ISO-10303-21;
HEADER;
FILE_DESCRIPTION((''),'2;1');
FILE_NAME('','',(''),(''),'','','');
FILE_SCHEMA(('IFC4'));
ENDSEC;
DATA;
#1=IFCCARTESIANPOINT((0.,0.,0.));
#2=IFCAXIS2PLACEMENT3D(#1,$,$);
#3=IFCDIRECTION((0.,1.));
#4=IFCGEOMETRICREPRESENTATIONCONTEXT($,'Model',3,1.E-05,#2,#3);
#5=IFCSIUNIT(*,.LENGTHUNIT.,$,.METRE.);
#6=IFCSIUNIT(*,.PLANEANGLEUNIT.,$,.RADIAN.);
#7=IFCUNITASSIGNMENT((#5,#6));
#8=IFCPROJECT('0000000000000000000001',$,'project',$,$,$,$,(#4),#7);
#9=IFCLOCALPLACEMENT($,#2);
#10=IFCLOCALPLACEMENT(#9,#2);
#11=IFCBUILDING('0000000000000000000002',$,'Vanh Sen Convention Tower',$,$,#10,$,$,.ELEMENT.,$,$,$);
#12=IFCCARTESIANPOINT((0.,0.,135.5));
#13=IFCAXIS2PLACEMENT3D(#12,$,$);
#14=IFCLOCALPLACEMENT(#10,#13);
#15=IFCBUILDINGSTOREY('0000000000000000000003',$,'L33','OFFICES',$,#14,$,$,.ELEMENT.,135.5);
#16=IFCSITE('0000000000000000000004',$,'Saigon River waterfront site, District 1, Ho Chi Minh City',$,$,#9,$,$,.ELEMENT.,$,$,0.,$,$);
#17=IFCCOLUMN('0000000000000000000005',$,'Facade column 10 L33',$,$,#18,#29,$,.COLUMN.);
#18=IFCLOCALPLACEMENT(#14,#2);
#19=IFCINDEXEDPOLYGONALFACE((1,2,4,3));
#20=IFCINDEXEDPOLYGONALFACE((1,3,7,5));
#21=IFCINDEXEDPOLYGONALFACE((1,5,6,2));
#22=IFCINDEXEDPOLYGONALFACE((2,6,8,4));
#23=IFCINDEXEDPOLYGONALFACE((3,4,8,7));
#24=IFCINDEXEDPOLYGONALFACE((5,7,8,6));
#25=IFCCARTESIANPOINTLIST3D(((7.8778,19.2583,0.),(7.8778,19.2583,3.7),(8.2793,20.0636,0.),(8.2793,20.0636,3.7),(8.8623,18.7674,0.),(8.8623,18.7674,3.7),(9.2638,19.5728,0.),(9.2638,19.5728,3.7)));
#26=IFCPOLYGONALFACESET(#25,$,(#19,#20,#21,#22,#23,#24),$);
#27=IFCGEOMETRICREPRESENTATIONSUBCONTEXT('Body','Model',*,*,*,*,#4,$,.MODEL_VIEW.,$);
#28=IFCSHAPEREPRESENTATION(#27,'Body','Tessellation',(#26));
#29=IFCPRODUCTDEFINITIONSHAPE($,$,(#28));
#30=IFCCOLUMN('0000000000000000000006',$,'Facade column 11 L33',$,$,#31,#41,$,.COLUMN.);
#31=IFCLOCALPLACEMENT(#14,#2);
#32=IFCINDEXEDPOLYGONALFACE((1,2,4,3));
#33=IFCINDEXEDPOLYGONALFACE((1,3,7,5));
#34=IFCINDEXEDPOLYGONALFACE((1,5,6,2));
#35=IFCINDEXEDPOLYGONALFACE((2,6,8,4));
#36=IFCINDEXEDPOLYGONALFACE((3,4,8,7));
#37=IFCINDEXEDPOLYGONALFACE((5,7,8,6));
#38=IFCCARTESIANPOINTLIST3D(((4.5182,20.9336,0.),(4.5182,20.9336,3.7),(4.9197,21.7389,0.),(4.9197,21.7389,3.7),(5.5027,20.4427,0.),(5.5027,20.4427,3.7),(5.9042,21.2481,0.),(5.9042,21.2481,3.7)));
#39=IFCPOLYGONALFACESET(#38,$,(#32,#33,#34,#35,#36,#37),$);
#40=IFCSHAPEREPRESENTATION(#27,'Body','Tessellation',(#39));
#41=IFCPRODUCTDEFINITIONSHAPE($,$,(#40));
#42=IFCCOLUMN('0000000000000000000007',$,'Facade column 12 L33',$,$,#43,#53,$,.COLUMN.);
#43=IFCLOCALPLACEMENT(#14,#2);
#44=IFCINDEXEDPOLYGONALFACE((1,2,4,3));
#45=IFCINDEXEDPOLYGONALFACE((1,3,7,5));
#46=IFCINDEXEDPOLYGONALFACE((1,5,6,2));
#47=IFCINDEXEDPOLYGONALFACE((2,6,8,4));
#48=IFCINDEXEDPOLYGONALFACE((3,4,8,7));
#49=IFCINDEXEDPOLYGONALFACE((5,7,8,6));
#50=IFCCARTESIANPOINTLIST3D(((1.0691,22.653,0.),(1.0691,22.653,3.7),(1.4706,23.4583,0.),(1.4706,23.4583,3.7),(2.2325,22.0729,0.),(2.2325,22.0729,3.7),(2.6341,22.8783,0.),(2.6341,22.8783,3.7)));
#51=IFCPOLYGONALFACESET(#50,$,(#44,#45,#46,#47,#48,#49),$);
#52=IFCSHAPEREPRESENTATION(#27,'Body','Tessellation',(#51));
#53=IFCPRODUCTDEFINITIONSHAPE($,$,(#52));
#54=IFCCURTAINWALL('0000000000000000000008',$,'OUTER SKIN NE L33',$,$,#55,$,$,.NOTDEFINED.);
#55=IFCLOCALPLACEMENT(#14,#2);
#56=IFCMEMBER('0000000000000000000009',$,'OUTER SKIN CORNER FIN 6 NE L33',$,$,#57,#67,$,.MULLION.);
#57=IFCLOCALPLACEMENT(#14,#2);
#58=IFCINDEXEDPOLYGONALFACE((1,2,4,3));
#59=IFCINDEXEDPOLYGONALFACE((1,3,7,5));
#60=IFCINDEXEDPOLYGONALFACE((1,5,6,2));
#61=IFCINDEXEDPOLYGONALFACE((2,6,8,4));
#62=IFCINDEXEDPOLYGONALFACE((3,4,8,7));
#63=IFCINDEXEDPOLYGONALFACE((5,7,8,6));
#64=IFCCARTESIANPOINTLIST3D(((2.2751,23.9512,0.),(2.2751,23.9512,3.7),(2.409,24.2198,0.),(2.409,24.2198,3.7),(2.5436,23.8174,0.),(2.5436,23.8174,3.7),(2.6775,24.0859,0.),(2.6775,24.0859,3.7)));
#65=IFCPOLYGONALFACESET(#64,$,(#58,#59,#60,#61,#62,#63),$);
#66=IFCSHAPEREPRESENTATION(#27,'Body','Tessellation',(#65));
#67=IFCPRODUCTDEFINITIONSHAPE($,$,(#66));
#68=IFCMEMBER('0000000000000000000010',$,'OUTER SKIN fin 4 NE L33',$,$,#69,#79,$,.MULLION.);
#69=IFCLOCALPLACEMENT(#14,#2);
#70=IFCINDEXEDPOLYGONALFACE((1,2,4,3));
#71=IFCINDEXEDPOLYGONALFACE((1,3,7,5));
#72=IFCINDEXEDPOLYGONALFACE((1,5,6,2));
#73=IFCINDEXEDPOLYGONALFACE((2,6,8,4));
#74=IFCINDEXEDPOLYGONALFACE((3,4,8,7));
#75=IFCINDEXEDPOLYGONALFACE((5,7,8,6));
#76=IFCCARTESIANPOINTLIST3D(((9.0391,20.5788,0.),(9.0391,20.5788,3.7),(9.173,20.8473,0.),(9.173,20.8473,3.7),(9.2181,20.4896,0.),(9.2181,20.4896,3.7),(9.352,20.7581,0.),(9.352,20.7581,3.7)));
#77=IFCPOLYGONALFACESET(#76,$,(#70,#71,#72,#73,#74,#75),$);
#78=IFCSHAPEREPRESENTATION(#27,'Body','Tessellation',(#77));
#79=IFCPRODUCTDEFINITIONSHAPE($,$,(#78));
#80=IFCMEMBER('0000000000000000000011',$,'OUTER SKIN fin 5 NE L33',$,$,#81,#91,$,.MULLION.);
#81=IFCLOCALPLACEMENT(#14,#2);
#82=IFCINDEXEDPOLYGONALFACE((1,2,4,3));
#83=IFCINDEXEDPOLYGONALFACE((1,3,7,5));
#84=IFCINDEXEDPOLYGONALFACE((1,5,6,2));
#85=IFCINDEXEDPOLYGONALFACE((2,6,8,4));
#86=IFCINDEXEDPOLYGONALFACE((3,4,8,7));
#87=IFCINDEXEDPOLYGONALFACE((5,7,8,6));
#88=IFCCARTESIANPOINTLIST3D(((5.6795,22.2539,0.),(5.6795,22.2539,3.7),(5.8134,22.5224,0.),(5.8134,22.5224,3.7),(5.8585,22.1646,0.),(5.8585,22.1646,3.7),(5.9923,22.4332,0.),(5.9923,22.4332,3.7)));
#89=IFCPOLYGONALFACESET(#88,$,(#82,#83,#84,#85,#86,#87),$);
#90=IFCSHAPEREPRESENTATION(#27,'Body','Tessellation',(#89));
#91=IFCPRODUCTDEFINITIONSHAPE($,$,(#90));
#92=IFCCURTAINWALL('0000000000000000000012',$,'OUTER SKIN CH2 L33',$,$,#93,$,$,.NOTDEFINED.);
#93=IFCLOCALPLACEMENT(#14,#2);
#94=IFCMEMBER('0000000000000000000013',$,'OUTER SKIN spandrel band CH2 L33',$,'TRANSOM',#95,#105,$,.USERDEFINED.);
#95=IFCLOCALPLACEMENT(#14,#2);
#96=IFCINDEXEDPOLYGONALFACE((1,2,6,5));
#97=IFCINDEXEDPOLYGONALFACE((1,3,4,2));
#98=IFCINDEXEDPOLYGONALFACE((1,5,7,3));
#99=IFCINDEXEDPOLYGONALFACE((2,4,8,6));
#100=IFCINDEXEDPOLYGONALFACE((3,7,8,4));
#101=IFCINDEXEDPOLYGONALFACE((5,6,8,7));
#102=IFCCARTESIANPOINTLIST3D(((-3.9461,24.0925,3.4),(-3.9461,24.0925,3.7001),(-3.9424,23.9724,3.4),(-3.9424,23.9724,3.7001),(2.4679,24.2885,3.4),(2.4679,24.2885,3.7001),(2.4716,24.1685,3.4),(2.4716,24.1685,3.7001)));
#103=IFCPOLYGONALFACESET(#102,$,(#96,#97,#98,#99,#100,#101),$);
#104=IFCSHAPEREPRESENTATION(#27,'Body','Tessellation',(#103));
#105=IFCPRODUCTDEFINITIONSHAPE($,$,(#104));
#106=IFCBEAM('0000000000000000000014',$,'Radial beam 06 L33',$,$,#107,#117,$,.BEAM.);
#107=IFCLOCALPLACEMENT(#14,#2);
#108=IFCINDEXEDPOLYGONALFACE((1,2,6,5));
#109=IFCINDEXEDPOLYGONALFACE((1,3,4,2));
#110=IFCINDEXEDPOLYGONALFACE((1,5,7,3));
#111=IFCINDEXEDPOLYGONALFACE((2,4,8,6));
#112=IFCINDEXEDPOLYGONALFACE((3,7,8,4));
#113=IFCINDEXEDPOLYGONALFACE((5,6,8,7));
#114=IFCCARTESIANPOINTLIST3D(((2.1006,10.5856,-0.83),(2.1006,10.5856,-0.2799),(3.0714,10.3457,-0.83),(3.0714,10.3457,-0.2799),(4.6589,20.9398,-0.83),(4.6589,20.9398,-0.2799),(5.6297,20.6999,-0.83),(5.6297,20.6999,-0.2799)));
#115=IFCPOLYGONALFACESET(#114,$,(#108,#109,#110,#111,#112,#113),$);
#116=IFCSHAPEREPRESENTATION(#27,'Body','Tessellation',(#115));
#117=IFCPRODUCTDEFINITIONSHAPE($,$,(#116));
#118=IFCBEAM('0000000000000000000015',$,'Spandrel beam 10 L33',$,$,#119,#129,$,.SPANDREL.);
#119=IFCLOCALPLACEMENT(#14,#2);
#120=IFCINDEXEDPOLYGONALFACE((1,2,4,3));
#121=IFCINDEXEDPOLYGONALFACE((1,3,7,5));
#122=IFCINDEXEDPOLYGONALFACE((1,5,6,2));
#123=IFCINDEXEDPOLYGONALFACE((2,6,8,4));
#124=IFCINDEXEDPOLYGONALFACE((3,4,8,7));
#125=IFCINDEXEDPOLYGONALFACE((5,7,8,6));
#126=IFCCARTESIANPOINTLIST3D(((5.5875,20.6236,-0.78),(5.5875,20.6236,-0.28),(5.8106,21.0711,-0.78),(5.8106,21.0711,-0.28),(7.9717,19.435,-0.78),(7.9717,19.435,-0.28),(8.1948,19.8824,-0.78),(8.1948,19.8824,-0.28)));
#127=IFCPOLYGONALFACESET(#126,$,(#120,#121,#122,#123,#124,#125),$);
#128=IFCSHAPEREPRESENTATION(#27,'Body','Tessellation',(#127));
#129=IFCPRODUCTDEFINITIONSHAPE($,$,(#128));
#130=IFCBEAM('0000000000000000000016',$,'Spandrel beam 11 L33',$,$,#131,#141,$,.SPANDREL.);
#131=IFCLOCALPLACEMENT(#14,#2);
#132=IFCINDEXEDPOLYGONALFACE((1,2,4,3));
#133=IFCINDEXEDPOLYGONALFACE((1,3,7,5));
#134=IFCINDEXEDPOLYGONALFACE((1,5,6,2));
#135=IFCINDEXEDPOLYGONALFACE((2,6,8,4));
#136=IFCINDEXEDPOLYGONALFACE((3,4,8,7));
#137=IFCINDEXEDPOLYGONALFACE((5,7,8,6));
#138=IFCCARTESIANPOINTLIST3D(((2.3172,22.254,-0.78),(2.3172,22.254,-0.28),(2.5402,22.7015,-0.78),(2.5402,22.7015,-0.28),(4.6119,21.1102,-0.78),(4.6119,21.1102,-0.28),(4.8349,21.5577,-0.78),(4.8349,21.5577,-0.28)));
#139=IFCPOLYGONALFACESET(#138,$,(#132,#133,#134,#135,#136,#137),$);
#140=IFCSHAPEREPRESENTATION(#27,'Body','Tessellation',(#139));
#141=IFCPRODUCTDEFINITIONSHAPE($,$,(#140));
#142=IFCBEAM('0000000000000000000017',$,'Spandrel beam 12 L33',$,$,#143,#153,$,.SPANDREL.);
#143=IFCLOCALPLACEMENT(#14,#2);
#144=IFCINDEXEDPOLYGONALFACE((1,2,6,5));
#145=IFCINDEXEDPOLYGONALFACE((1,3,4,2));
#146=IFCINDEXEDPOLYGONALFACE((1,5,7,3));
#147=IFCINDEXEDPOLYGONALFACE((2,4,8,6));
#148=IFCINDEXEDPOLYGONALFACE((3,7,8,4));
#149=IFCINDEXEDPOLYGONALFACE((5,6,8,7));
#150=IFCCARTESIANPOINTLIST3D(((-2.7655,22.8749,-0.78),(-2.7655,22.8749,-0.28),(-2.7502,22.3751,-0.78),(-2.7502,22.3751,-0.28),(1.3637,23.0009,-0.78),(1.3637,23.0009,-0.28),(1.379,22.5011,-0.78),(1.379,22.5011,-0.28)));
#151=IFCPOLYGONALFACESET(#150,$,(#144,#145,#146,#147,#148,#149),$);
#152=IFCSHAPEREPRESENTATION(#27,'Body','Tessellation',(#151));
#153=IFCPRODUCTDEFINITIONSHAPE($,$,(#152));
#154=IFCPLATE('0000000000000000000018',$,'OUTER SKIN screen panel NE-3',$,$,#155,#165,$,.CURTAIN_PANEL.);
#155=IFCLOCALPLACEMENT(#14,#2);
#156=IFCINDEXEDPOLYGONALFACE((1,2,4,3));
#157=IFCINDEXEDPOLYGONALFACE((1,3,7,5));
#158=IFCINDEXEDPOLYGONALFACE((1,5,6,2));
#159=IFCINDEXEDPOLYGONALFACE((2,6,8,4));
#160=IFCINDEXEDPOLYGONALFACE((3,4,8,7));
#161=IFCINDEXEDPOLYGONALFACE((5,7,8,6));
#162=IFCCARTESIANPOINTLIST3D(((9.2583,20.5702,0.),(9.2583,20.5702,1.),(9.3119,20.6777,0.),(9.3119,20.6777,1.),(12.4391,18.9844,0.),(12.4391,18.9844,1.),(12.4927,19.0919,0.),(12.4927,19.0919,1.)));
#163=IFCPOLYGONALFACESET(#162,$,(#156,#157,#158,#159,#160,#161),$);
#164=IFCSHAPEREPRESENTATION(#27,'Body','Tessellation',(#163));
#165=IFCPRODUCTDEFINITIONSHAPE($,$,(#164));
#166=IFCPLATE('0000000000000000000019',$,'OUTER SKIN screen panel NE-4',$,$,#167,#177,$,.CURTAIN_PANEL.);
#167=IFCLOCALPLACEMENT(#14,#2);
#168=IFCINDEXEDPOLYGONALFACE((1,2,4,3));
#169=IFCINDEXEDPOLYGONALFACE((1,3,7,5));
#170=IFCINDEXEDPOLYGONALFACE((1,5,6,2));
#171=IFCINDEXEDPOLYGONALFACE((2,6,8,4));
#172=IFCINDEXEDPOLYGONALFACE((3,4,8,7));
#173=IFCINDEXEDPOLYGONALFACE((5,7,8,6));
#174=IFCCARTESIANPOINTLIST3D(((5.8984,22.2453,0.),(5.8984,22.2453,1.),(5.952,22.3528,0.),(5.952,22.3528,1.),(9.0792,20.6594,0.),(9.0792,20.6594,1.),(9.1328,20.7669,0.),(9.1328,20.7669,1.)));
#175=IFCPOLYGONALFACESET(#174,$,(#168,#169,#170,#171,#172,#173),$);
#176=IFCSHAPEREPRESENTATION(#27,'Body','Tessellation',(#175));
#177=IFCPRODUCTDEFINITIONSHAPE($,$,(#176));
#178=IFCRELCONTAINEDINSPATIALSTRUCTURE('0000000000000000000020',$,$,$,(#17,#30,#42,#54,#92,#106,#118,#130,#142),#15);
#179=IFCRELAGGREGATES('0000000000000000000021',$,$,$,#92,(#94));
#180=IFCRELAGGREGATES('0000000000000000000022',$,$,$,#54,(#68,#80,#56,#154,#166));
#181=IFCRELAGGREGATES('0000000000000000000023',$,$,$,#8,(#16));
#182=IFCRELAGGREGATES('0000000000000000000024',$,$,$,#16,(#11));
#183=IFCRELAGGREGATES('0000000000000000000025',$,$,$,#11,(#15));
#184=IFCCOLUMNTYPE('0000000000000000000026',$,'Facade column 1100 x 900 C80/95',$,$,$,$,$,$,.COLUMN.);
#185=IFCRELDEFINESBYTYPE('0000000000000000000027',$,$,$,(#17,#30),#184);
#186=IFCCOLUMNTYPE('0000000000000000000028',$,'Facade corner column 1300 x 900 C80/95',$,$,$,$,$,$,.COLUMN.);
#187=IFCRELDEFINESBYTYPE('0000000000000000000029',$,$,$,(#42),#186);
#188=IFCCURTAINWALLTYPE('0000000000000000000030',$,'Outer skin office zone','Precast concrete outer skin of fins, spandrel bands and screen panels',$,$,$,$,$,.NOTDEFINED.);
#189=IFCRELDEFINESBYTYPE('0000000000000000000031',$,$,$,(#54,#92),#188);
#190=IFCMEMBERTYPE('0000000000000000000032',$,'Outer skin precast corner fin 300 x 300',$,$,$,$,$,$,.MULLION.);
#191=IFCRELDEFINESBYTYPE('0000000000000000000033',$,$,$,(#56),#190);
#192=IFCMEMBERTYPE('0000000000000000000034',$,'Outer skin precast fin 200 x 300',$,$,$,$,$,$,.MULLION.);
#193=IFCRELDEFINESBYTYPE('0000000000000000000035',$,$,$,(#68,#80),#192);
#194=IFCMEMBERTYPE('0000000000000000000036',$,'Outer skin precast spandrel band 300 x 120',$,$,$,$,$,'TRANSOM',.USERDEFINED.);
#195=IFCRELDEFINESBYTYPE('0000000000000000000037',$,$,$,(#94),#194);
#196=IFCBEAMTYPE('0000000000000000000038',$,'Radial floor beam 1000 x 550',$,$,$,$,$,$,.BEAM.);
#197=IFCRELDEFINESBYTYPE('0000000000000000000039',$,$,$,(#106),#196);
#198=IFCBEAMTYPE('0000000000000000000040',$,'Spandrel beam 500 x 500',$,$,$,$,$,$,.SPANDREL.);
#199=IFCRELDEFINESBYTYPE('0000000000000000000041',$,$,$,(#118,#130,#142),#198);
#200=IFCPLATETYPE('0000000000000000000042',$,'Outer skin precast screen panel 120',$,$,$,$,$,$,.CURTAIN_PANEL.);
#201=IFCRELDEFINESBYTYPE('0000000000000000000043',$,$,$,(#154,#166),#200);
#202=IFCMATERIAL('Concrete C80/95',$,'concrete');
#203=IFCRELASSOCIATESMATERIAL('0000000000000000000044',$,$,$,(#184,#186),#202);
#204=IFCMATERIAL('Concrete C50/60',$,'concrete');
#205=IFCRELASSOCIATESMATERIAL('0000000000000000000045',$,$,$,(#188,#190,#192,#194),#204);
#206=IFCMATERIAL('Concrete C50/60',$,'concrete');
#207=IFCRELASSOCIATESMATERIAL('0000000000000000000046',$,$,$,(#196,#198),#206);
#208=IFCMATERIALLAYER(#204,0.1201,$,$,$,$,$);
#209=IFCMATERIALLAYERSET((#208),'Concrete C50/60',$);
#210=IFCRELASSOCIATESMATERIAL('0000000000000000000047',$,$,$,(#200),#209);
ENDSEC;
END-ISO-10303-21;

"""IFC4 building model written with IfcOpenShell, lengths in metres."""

from ifc_helpers import new_model, si_unit, direction, frame, origin, origin_2d, place, context, subcontext, project, spatial, rectangle, extrude, material, layer, layer_set, material_profile, profile_set, type_object, element, aggregate, save


model = new_model("IFC4")

# Units and contexts
model_context = context("Model", 3, precision=1e-05, world=origin(), true_north=direction((0.0, 1.0)))
body_context = subcontext(model_context, "Body", "Model", "MODEL_VIEW")
ifc_project = project(units=[si_unit("LENGTHUNIT", "METRE"), si_unit("PLANEANGLEUNIT", "RADIAN")], contexts=[model_context])

# Site, building, storey
site_placement = place(None, origin())
site = spatial("IfcSite", under=ifc_project, at=site_placement, Name="Saigon River waterfront site, District 1, Ho Chi Minh City", CompositionType="ELEMENT", RefElevation=0.0)
building_placement = place(site_placement, origin())
building = spatial("IfcBuilding", under=site, at=building_placement, Name="Vanh Sen Convention Tower", CompositionType="ELEMENT")
storey_placement = place(building_placement, frame((0.0, 0.0, 135.5)))
storey = spatial("IfcBuildingStorey", under=building, at=storey_placement, Name="L33", Description="OFFICES", CompositionType="ELEMENT", Elevation=135.5)

# Columns
ifc_material_1 = material(Name="Concrete C80/95", Category="concrete")
ifc_material_profile_1 = material_profile(ifc_material_1, rectangle(XDim=1.1001, YDim=0.8999, at=origin_2d()), Name="RC 1100X900")
ifc_profile_set_1 = profile_set([ifc_material_profile_1], Name="Concrete C80/95")
column_type_1 = type_object("IfcColumnType", Name="Facade column 1100 x 900 C80/95", PredefinedType="COLUMN", material=ifc_profile_set_1)
for number, where, z_axis, x_axis, name in (
    (1, (8.5708, 19.4155, 0.0), (0.0, 0.0, 1.0), (-0.894934, 0.446198, 0.0), "Facade column 10 L33"),
    (2, (5.2112, 21.0908, 0.0), (0.0, 0.0, 1.0), (-0.894934, 0.446198, 0.0), "Facade column 11 L33"),
):
    element("IfcColumn", number, at=place(storey_placement, frame(where, z_axis=z_axis, x_axis=x_axis)), inside=storey, type_object=column_type_1, Name=name, PredefinedType="COLUMN", context=body_context, shape_type="SweptSolid", body=[
        extrude(rectangle(XDim=1.1001, YDim=0.8999, at=origin_2d()), origin(), (0.0, 0.0, 1.0), 3.7),
    ])
ifc_material_profile_2 = material_profile(ifc_material_1, rectangle(XDim=1.3, YDim=0.8999, at=origin_2d()), Name="RC 1300X900")
ifc_profile_set_2 = profile_set([ifc_material_profile_2], Name="Concrete C80/95")
column_type_2 = type_object("IfcColumnType", Name="Facade corner column 1300 x 900 C80/95", PredefinedType="COLUMN", material=ifc_profile_set_2)
column_placement = place(storey_placement, frame((1.8516, 22.7656, 0.0), z_axis=(0.0, 0.0, 1.0), x_axis=(-0.894934, 0.446198, 0.0)))
element("IfcColumn", 3, at=column_placement, inside=storey, type_object=column_type_2, Name="Facade column 12 L33", PredefinedType="COLUMN", context=body_context, shape_type="SweptSolid", body=[
    extrude(rectangle(XDim=1.3, YDim=0.8999, at=origin_2d()), origin(), (0.0, 0.0, 1.0), 3.7),
])

# Curtain wall, members
ifc_material_2 = material(Name="Concrete C50/60", Category="concrete")
curtain_wall_type = type_object("IfcCurtainWallType", Name="Outer skin office zone", Description="Precast concrete outer skin of fins, spandrel bands and screen panels", PredefinedType="NOTDEFINED", material=ifc_material_2)
curtain_wall_1_placement = place(storey_placement, origin())
curtain_wall_1 = element("IfcCurtainWall", 4, at=curtain_wall_1_placement, inside=storey, type_object=curtain_wall_type, Name="OUTER SKIN NE L33", PredefinedType="NOTDEFINED")
ifc_material_profile_3 = material_profile(ifc_material_2, rectangle(XDim=0.3, YDim=0.3, at=origin_2d()), Name="Outer skin precast corner fin 300 x 300")
ifc_profile_set_3 = profile_set([ifc_material_profile_3], Name="Concrete C50/60")
member_type_1 = type_object("IfcMemberType", Name="Outer skin precast corner fin 300 x 300", PredefinedType="MULLION", material=ifc_profile_set_3)
member_1_placement = place(storey_placement, frame((2.4763, 24.0186, 0.0), z_axis=(0.0, 0.0, 1.0), x_axis=(-0.894934, 0.446198, 0.0)))
member_1 = element("IfcMember", 5, at=member_1_placement, type_object=member_type_1, Name="OUTER SKIN CORNER FIN 6 NE L33", PredefinedType="MULLION", context=body_context, shape_type="SweptSolid", body=[
    extrude(rectangle(XDim=0.3, YDim=0.3, at=origin_2d()), origin(), (0.0, 0.0, 1.0), 3.7),
])
ifc_material_profile_4 = material_profile(ifc_material_2, rectangle(XDim=0.2, YDim=0.3, at=origin_2d()), Name="Outer skin precast fin 200 x 300")
ifc_profile_set_4 = profile_set([ifc_material_profile_4], Name="Concrete C50/60")
member_type_2 = type_object("IfcMemberType", Name="Outer skin precast fin 200 x 300", PredefinedType="MULLION", material=ifc_profile_set_4)
member_2_placement = place(storey_placement, frame((9.1956, 20.6685, 0.0), z_axis=(0.0, 0.0, 1.0), x_axis=(-0.894934, 0.446198, 0.0)))
member_2 = element("IfcMember", 6, at=member_2_placement, type_object=member_type_2, Name="OUTER SKIN fin 4 NE L33", PredefinedType="MULLION", context=body_context, shape_type="SweptSolid", body=[
    extrude(rectangle(XDim=0.2, YDim=0.3, at=origin_2d()), origin(), (0.0, 0.0, 1.0), 3.7),
])
member_3_placement = place(storey_placement, frame((5.8359, 22.3435, 0.0), z_axis=(0.0, 0.0, 1.0), x_axis=(-0.894934, 0.446198, 0.0)))
member_3 = element("IfcMember", 7, at=member_3_placement, type_object=member_type_2, Name="OUTER SKIN fin 5 NE L33", PredefinedType="MULLION", context=body_context, shape_type="SweptSolid", body=[
    extrude(rectangle(XDim=0.2, YDim=0.3, at=origin_2d()), origin(), (0.0, 0.0, 1.0), 3.7),
])

# Curtain wall, member
curtain_wall_2_placement = place(storey_placement, origin())
curtain_wall_2 = element("IfcCurtainWall", 8, at=curtain_wall_2_placement, inside=storey, type_object=curtain_wall_type, Name="OUTER SKIN CH2 L33", PredefinedType="NOTDEFINED")
ifc_material_profile_5 = material_profile(ifc_material_2, rectangle(XDim=0.1201, YDim=0.3, at=origin_2d()), Name="Outer skin precast spandrel band 300 x 120")
ifc_profile_set_5 = profile_set([ifc_material_profile_5], Name="Concrete C50/60")
member_type_3 = type_object("IfcMemberType", Name="Outer skin precast spandrel band 300 x 120", ElementType="TRANSOM", PredefinedType="USERDEFINED", material=ifc_profile_set_5)
member_4_placement = place(storey_placement, frame((2.4697, 24.2285, 3.55), z_axis=(-0.999533, -0.030551, 0.0), x_axis=(0.030551, -0.999533, 0.0)))
member_4 = element("IfcMember", 9, at=member_4_placement, type_object=member_type_3, Name="OUTER SKIN spandrel band CH2 L33", ObjectType="TRANSOM", PredefinedType="USERDEFINED", context=body_context, shape_type="SweptSolid", body=[
    extrude(rectangle(XDim=0.1201, YDim=0.3, at=origin_2d()), origin(), (0.0, 0.0, 1.0), 6.417),
])
aggregate(curtain_wall_2, [member_4])

# Beams
ifc_material_3 = material(Name="Concrete C50/60", Category="concrete")
ifc_material_profile_6 = material_profile(ifc_material_3, rectangle(XDim=1.0, YDim=0.55, at=origin_2d()), Name="RC 1000X550")
ifc_profile_set_6 = profile_set([ifc_material_profile_6], Name="Concrete C50/60")
beam_type_1 = type_object("IfcBeamType", Name="Radial floor beam 1000 x 550", PredefinedType="BEAM", material=ifc_profile_set_6)
beam_1_placement = place(storey_placement, frame((5.1443, 20.8198, -0.5549), z_axis=(-0.239869, -0.970805, 0.0), x_axis=(0.970805, -0.239869, 0.0)))
element("IfcBeam", 10, at=beam_1_placement, inside=storey, type_object=beam_type_1, Name="Radial beam 06 L33", PredefinedType="BEAM", context=body_context, shape_type="SweptSolid", body=[
    extrude(rectangle(XDim=1.0, YDim=0.55, at=origin_2d()), origin(), (0.0, 0.0, 1.0), 10.6655),
])
ifc_material_profile_7 = material_profile(ifc_material_3, rectangle(XDim=0.5, YDim=0.5, at=origin_2d()), Name="RC 500X500")
ifc_profile_set_7 = profile_set([ifc_material_profile_7], Name="Concrete C50/60")
beam_type_2 = type_object("IfcBeamType", Name="Spandrel beam 500 x 500", PredefinedType="SPANDREL", material=ifc_profile_set_7)
beam_2_placement = place(storey_placement, frame((8.0833, 19.6587, -0.53), z_axis=(-0.89494, 0.446187, 0.0), x_axis=(-0.446187, -0.89494, 0.0)))
element("IfcBeam", 11, at=beam_2_placement, inside=storey, type_object=beam_type_2, Name="Spandrel beam 10 L33", PredefinedType="SPANDREL", context=body_context, shape_type="SweptSolid", body=[
    extrude(rectangle(XDim=0.5, YDim=0.5, at=origin_2d()), origin(), (0.0, 0.0, 1.0), 2.6641),
])
beam_3_placement = place(storey_placement, frame((4.7234, 21.334, -0.53), z_axis=(-0.894979, 0.446109, 0.0), x_axis=(-0.446109, -0.894979, 0.0)))
element("IfcBeam", 12, at=beam_3_placement, inside=storey, type_object=beam_type_2, Name="Spandrel beam 11 L33", PredefinedType="SPANDREL", context=body_context, shape_type="SweptSolid", body=[
    extrude(rectangle(XDim=0.5, YDim=0.5, at=origin_2d()), origin(), (0.0, 0.0, 1.0), 2.564),
])
beam_4_placement = place(storey_placement, frame((1.3713, 22.751, -0.53), z_axis=(-0.999535, -0.030495, 0.0), x_axis=(0.030495, -0.999535, 0.0)))
element("IfcBeam", 13, at=beam_4_placement, inside=storey, type_object=beam_type_2, Name="Spandrel beam 12 L33", PredefinedType="SPANDREL", context=body_context, shape_type="SweptSolid", body=[
    extrude(rectangle(XDim=0.5, YDim=0.5, at=origin_2d()), origin(), (0.0, 0.0, 1.0), 4.1311),
])

# Plates
ifc_layer_1 = layer(ifc_material_2, 0.1201)
ifc_layer_set_1 = layer_set([ifc_layer_1], Name="Concrete C50/60")
plate_type = type_object("IfcPlateType", Name="Outer skin precast screen panel 120", PredefinedType="CURTAIN_PANEL", material=ifc_layer_set_1)
plate_1_placement = place(storey_placement, frame((10.8755, 19.8311, 0.0), z_axis=(0.0, 0.0, 1.0), x_axis=(-0.894933, 0.446201, 0.0)))
plate_1 = element("IfcPlate", 14, at=plate_1_placement, type_object=plate_type, Name="OUTER SKIN screen panel NE-3", PredefinedType="CURTAIN_PANEL", context=body_context, shape_type="SweptSolid", body=[
    extrude(rectangle(XDim=3.5542, YDim=0.1201, at=origin_2d()), origin(), (0.0, 0.0, 1.0), 1.0),
])
plate_2_placement = place(storey_placement, frame((7.5156, 21.5061, 0.0), z_axis=(0.0, 0.0, 1.0), x_axis=(-0.894933, 0.446201, 0.0)))
plate_2 = element("IfcPlate", 15, at=plate_2_placement, type_object=plate_type, Name="OUTER SKIN screen panel NE-4", PredefinedType="CURTAIN_PANEL", context=body_context, shape_type="SweptSolid", body=[
    extrude(rectangle(XDim=3.5542, YDim=0.1201, at=origin_2d()), origin(), (0.0, 0.0, 1.0), 1.0),
])
aggregate(curtain_wall_1, [member_2, member_3, member_1, plate_1, plate_2])

save(model, "model.ifc")
